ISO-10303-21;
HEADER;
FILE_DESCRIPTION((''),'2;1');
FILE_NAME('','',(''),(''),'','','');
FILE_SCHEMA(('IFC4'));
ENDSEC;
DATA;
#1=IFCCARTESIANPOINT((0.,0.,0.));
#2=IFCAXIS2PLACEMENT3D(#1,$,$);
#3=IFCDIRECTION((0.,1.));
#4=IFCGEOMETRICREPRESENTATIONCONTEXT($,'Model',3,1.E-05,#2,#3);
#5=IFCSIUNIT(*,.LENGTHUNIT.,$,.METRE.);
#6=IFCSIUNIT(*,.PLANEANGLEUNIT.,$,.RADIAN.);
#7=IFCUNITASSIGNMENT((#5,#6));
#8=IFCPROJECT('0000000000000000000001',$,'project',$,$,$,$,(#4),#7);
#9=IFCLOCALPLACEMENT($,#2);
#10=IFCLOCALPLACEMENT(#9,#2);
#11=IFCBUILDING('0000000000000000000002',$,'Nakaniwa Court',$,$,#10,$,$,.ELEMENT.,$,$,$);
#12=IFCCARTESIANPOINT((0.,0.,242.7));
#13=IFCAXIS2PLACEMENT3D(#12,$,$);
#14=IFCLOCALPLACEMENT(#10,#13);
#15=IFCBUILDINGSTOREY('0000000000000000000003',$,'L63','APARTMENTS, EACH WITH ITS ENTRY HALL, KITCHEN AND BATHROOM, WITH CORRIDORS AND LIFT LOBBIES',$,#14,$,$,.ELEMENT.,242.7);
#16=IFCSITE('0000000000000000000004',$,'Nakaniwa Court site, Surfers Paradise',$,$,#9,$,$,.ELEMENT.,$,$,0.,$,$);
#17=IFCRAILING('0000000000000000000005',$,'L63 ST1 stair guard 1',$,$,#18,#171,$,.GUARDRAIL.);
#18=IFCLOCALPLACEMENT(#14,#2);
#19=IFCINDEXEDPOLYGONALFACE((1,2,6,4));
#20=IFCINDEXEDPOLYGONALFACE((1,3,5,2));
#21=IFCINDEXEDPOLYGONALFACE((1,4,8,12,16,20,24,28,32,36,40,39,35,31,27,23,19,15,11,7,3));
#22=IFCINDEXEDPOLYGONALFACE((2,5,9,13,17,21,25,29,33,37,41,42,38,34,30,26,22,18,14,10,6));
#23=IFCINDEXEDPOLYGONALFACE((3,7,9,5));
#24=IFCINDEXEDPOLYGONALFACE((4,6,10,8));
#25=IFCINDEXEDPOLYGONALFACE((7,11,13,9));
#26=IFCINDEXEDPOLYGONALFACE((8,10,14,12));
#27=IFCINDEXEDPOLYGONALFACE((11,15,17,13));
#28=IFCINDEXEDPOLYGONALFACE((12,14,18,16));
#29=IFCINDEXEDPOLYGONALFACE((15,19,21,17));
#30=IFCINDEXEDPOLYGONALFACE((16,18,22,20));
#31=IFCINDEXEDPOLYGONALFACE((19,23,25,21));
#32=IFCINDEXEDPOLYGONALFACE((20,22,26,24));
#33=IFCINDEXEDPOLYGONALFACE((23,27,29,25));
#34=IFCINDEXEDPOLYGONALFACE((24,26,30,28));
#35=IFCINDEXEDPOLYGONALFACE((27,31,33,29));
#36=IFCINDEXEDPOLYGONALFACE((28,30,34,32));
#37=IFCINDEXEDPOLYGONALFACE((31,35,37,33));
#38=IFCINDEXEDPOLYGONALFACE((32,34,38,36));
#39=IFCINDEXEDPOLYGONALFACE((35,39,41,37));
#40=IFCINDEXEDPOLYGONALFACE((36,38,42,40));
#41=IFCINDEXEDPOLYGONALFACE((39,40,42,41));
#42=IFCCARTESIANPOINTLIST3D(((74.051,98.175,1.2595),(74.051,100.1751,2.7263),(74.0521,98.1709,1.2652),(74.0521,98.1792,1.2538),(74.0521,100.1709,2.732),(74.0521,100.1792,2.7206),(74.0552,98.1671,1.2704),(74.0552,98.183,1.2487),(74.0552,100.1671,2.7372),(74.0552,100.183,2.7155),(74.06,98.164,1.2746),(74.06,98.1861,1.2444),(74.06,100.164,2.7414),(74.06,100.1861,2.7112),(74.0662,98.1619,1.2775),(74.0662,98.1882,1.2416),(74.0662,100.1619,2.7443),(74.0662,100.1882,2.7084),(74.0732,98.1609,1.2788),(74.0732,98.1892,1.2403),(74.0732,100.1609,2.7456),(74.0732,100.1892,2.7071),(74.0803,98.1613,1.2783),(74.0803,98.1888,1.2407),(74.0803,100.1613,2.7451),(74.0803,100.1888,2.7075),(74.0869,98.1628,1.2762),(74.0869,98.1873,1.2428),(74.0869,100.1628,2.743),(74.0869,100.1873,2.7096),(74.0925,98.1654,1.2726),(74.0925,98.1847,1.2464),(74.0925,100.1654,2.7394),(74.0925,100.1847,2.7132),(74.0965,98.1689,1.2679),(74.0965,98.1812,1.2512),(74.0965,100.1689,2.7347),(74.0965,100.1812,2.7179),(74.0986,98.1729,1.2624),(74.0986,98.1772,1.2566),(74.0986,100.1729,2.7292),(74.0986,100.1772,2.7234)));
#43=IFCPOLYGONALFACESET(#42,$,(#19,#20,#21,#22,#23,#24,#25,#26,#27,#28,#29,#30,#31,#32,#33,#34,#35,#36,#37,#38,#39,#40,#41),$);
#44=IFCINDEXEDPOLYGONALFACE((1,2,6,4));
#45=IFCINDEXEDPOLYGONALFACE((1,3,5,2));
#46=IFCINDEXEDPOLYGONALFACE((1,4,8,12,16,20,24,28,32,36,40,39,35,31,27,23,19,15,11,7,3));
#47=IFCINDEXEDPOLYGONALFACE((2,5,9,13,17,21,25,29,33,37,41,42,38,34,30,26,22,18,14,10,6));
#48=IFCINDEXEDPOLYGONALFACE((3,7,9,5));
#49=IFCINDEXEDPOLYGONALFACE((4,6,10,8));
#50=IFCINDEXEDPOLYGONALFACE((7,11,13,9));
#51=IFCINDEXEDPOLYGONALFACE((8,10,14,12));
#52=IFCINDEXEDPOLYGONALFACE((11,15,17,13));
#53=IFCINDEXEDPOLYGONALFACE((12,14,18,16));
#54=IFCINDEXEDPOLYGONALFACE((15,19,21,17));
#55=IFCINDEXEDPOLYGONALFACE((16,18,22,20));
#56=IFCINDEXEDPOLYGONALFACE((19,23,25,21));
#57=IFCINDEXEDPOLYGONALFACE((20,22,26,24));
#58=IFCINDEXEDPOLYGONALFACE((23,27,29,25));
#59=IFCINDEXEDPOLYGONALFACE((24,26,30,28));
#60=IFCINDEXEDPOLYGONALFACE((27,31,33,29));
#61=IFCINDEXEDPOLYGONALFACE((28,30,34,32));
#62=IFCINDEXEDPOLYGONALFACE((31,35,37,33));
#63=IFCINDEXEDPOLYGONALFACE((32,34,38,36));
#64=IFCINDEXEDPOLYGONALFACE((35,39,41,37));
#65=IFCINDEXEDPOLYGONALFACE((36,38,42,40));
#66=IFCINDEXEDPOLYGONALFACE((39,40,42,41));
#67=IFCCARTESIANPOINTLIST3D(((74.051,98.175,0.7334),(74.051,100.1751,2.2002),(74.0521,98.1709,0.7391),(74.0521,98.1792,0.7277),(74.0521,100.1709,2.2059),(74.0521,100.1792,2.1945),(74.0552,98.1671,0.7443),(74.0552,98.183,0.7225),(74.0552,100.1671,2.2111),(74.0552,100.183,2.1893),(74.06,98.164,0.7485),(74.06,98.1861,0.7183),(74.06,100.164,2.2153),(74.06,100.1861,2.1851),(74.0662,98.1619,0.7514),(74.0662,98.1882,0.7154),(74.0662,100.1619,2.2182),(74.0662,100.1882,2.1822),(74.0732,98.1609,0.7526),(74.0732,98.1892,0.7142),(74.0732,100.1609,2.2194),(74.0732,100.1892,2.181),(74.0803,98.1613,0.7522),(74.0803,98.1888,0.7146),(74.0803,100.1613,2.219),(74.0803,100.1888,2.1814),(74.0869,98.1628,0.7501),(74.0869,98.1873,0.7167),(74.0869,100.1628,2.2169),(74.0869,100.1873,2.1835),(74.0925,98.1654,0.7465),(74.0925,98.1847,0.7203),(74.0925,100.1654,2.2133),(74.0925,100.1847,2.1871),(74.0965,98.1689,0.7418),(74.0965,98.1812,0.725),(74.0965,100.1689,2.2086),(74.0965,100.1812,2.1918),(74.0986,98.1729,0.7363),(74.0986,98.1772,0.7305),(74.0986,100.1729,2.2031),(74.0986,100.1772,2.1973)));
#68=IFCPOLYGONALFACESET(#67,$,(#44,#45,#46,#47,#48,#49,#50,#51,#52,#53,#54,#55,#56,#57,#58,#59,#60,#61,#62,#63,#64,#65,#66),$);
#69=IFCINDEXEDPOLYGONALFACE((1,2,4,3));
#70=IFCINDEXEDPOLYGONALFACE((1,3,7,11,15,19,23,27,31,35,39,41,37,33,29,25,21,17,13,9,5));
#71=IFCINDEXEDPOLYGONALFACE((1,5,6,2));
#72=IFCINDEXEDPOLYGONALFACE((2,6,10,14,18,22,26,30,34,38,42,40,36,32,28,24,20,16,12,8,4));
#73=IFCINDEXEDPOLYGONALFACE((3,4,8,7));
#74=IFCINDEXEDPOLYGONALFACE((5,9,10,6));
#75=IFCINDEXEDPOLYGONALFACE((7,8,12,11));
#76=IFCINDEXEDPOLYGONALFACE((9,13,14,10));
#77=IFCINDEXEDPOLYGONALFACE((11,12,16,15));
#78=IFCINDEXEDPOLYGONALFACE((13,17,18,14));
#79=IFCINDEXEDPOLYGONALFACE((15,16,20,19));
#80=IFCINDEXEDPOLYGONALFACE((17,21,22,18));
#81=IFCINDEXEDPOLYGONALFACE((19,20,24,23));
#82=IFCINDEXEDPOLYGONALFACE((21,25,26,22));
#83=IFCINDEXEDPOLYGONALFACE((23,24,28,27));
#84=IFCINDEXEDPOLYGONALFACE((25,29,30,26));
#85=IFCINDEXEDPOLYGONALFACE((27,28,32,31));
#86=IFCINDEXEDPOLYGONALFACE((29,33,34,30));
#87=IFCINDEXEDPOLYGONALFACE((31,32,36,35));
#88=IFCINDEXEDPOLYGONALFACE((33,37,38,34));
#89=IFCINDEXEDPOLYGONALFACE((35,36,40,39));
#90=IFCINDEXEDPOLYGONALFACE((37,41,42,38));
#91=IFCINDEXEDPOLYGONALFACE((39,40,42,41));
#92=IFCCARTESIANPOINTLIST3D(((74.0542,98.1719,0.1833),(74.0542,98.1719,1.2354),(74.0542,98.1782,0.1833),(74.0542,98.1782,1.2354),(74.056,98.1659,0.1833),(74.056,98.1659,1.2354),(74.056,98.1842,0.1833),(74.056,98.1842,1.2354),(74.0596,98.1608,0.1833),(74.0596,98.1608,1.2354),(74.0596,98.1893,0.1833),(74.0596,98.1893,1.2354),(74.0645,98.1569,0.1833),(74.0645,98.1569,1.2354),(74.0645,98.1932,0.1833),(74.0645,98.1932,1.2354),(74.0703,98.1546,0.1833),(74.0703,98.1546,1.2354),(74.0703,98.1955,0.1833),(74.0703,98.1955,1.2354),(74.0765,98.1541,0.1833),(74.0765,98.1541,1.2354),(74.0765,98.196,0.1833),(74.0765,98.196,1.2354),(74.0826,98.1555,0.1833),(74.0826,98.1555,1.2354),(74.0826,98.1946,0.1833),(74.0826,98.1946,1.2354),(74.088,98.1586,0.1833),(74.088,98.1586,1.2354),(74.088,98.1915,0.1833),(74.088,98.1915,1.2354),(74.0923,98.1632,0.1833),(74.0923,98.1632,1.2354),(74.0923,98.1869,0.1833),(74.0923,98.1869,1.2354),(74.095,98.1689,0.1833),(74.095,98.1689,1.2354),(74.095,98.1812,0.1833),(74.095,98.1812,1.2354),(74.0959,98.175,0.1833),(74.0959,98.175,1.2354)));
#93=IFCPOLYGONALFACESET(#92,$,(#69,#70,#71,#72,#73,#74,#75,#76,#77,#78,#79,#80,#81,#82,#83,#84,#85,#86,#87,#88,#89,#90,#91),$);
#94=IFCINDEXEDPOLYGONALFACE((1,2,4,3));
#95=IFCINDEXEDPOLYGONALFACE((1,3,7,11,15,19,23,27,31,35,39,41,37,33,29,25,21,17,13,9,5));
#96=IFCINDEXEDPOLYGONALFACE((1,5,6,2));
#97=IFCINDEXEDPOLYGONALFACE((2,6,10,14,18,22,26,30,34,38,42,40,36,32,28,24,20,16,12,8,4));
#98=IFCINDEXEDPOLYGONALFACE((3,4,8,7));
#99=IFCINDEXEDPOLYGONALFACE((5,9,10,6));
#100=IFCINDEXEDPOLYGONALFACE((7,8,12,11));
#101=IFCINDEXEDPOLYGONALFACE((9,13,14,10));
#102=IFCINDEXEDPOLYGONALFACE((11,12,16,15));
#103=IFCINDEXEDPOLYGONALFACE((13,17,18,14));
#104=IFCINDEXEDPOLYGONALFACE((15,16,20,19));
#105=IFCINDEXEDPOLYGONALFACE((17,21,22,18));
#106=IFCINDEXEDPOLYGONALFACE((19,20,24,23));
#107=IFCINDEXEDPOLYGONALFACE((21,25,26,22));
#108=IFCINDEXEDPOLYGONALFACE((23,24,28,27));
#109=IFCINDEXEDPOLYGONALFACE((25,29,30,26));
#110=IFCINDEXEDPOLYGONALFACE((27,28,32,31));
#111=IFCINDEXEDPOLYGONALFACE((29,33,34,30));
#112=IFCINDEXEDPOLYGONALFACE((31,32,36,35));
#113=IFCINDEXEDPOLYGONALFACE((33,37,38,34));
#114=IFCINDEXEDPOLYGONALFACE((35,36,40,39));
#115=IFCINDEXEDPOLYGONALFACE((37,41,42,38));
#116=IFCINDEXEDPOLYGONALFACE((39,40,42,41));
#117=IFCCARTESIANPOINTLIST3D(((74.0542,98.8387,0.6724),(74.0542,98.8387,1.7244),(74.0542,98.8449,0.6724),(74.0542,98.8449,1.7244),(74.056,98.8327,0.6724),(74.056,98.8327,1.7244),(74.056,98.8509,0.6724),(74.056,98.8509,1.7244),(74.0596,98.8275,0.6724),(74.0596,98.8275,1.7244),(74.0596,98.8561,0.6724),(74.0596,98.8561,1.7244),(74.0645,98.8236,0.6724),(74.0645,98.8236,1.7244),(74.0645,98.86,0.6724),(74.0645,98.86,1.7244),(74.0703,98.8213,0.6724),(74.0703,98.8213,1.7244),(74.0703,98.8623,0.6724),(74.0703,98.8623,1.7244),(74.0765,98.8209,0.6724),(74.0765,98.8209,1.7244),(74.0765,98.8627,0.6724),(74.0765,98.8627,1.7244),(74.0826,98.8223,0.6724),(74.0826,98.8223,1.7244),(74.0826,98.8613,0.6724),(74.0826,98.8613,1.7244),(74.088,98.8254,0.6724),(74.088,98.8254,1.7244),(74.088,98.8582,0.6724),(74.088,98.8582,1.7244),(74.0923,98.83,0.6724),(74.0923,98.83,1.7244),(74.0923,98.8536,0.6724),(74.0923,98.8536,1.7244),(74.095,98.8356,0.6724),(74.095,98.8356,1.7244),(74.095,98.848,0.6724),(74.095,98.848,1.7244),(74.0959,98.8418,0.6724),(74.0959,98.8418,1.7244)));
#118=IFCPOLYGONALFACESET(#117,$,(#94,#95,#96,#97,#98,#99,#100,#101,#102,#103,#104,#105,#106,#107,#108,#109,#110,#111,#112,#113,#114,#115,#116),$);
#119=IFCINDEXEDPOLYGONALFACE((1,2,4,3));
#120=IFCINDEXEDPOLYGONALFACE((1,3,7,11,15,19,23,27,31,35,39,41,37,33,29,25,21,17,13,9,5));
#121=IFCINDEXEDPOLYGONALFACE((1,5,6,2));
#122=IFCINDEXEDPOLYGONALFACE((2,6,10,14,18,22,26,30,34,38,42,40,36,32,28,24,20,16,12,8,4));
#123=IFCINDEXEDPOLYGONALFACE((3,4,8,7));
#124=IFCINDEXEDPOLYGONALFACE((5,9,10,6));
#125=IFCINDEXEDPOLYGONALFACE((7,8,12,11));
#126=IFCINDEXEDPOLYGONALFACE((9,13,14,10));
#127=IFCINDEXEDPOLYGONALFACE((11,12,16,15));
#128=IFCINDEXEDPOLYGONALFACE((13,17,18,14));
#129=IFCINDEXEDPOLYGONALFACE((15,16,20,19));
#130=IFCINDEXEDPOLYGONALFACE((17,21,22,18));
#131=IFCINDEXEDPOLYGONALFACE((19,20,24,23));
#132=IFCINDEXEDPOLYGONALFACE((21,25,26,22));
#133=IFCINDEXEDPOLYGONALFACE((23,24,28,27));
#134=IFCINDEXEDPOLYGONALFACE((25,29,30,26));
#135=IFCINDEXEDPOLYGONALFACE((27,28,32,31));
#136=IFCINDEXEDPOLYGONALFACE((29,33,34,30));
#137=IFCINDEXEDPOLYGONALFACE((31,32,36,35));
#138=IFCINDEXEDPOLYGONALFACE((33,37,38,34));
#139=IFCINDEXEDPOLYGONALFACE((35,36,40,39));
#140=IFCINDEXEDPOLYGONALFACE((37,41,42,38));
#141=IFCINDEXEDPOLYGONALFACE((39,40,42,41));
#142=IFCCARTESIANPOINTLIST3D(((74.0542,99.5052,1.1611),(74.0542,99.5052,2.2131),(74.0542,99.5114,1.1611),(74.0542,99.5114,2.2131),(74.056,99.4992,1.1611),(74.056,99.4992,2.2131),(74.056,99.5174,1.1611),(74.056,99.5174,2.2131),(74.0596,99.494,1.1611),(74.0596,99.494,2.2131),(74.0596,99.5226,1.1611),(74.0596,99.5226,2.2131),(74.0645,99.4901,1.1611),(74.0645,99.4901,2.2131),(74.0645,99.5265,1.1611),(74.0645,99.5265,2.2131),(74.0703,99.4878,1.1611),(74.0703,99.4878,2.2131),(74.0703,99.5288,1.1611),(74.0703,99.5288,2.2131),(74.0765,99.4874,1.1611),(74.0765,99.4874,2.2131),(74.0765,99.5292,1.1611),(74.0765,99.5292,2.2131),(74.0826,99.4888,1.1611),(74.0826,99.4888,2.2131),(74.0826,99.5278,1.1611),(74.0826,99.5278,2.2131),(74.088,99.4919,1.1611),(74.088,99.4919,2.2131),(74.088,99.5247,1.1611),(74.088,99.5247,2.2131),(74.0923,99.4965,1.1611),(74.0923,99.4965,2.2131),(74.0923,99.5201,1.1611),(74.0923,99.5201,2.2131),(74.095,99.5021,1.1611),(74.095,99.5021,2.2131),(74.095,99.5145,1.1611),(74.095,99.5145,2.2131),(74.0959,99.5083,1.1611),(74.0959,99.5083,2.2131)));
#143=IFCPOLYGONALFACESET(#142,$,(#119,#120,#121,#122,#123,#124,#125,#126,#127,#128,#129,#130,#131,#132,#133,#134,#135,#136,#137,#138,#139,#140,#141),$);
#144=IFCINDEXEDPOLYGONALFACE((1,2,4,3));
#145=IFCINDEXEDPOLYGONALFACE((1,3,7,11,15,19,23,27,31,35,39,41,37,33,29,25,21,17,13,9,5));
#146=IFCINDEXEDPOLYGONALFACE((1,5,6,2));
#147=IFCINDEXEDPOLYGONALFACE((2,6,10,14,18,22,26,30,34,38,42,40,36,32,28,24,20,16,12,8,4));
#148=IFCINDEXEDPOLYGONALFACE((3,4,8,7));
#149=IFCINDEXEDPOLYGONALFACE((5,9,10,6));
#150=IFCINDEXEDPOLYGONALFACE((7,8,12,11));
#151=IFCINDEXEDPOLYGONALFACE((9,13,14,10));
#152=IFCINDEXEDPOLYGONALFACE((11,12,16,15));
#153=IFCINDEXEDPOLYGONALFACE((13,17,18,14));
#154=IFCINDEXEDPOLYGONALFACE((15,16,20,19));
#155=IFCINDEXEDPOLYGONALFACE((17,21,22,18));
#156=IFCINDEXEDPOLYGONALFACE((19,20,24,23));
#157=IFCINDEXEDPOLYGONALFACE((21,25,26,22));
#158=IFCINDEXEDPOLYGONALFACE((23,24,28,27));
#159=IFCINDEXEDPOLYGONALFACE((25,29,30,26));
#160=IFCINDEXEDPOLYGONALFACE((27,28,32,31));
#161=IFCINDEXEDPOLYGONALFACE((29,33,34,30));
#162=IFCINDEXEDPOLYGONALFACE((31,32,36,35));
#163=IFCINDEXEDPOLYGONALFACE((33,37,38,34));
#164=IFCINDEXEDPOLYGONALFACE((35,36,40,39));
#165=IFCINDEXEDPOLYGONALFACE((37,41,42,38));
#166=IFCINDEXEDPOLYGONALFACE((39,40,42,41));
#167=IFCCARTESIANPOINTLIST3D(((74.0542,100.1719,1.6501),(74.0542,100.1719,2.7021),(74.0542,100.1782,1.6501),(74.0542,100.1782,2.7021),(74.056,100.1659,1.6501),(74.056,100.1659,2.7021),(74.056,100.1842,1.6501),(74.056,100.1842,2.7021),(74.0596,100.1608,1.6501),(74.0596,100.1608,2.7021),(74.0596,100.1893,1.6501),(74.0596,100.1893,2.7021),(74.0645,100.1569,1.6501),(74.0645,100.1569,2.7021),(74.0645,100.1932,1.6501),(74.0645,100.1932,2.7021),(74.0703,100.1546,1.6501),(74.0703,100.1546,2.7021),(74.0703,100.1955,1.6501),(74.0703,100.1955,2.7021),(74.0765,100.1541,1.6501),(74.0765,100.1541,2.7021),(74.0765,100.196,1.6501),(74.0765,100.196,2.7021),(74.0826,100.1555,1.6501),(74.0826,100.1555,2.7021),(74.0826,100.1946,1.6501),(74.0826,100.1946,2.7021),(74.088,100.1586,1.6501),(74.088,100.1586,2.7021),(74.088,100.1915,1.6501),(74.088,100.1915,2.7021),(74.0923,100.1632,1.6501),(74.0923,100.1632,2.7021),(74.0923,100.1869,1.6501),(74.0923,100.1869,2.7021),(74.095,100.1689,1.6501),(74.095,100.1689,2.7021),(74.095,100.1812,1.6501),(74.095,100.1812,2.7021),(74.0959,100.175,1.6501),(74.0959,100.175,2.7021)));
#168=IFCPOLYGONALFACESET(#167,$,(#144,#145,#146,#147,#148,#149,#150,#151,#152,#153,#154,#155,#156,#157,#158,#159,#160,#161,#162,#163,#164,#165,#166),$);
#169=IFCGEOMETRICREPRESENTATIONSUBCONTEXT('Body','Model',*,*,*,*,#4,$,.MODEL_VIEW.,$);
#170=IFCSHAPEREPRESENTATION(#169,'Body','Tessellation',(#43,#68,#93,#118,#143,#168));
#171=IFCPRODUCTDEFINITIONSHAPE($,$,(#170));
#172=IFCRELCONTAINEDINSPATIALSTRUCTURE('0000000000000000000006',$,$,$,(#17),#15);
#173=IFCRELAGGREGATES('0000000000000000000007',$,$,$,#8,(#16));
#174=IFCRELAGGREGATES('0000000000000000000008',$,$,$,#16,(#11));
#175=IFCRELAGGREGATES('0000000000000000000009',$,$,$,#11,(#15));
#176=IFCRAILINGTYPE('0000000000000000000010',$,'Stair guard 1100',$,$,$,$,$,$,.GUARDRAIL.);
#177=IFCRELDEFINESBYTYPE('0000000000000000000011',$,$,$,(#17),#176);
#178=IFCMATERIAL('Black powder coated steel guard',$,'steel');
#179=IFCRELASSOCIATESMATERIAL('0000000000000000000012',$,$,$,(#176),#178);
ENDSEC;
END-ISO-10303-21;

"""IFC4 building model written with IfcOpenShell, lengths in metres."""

from ifc_helpers import new_model, si_unit, direction, frame, origin, origin_2d, place, context, subcontext, project, spatial, circle, extrude, material, type_object, element, save


model = new_model("IFC4")

# Units and contexts
model_context = context("Model", 3, precision=1e-05, world=origin(), true_north=direction((0.0, 1.0)))
body_context = subcontext(model_context, "Body", "Model", "MODEL_VIEW")
ifc_project = project(units=[si_unit("LENGTHUNIT", "METRE"), si_unit("PLANEANGLEUNIT", "RADIAN")], contexts=[model_context])

# Site, building, storey
site_placement = place(None, origin())
site = spatial("IfcSite", under=ifc_project, at=site_placement, Name="Nakaniwa Court site, Surfers Paradise", CompositionType="ELEMENT", RefElevation=0.0)
building_placement = place(site_placement, origin())
building = spatial("IfcBuilding", under=site, at=building_placement, Name="Nakaniwa Court", CompositionType="ELEMENT")
storey_placement = place(building_placement, frame((0.0, 0.0, 242.7)))
storey = spatial("IfcBuildingStorey", under=building, at=storey_placement, Name="L63", Description="APARTMENTS, EACH WITH ITS ENTRY HALL, KITCHEN AND BATHROOM, WITH CORRIDORS AND LIFT LOBBIES", CompositionType="ELEMENT", Elevation=242.7)

# Railing
ifc_material_1 = material(Name="Black powder coated steel guard", Category="steel")
railing_type_1 = type_object("IfcRailingType", Name="Stair guard 1100", PredefinedType="GUARDRAIL", material=ifc_material_1)
railing_1_placement = place(storey_placement, frame((74.075, 98.175, 0.1833)))
element("IfcRailing", 1, at=railing_1_placement, inside=storey, type_object=railing_type_1, Name="L63 ST1 stair guard 1", PredefinedType="GUARDRAIL", context=body_context, shape_type="SweptSolid", body=[
    extrude(circle(Radius=0.0239, at=origin_2d()), frame((0.0, 0.0, 1.0762), z_axis=(0.0, 0.80638, 0.591398), x_axis=(-1.0, 0.0, 0.0)), (0.0, 0.0, 1.0), 2.4802),
    extrude(circle(Radius=0.0239, at=origin_2d()), frame((0.0, 0.0, 0.55), z_axis=(0.0, 0.80638, 0.591398), x_axis=(-1.0, 0.0, 0.0)), (0.0, 0.0, 1.0), 2.4802),
    extrude(circle(Radius=0.021, at=origin_2d()), origin(), (0.0, 0.0, 1.0), 1.052),
    extrude(circle(Radius=0.021, at=origin_2d()), frame((0.0, 0.6667, 0.489)), (0.0, 0.0, 1.0), 1.052),
    extrude(circle(Radius=0.021, at=origin_2d()), frame((0.0, 1.3333, 0.9778)), (0.0, 0.0, 1.0), 1.052),
    extrude(circle(Radius=0.021, at=origin_2d()), frame((0.0, 2.0, 1.4668)), (0.0, 0.0, 1.0), 1.052),
])

save(model, "model.ifc")
